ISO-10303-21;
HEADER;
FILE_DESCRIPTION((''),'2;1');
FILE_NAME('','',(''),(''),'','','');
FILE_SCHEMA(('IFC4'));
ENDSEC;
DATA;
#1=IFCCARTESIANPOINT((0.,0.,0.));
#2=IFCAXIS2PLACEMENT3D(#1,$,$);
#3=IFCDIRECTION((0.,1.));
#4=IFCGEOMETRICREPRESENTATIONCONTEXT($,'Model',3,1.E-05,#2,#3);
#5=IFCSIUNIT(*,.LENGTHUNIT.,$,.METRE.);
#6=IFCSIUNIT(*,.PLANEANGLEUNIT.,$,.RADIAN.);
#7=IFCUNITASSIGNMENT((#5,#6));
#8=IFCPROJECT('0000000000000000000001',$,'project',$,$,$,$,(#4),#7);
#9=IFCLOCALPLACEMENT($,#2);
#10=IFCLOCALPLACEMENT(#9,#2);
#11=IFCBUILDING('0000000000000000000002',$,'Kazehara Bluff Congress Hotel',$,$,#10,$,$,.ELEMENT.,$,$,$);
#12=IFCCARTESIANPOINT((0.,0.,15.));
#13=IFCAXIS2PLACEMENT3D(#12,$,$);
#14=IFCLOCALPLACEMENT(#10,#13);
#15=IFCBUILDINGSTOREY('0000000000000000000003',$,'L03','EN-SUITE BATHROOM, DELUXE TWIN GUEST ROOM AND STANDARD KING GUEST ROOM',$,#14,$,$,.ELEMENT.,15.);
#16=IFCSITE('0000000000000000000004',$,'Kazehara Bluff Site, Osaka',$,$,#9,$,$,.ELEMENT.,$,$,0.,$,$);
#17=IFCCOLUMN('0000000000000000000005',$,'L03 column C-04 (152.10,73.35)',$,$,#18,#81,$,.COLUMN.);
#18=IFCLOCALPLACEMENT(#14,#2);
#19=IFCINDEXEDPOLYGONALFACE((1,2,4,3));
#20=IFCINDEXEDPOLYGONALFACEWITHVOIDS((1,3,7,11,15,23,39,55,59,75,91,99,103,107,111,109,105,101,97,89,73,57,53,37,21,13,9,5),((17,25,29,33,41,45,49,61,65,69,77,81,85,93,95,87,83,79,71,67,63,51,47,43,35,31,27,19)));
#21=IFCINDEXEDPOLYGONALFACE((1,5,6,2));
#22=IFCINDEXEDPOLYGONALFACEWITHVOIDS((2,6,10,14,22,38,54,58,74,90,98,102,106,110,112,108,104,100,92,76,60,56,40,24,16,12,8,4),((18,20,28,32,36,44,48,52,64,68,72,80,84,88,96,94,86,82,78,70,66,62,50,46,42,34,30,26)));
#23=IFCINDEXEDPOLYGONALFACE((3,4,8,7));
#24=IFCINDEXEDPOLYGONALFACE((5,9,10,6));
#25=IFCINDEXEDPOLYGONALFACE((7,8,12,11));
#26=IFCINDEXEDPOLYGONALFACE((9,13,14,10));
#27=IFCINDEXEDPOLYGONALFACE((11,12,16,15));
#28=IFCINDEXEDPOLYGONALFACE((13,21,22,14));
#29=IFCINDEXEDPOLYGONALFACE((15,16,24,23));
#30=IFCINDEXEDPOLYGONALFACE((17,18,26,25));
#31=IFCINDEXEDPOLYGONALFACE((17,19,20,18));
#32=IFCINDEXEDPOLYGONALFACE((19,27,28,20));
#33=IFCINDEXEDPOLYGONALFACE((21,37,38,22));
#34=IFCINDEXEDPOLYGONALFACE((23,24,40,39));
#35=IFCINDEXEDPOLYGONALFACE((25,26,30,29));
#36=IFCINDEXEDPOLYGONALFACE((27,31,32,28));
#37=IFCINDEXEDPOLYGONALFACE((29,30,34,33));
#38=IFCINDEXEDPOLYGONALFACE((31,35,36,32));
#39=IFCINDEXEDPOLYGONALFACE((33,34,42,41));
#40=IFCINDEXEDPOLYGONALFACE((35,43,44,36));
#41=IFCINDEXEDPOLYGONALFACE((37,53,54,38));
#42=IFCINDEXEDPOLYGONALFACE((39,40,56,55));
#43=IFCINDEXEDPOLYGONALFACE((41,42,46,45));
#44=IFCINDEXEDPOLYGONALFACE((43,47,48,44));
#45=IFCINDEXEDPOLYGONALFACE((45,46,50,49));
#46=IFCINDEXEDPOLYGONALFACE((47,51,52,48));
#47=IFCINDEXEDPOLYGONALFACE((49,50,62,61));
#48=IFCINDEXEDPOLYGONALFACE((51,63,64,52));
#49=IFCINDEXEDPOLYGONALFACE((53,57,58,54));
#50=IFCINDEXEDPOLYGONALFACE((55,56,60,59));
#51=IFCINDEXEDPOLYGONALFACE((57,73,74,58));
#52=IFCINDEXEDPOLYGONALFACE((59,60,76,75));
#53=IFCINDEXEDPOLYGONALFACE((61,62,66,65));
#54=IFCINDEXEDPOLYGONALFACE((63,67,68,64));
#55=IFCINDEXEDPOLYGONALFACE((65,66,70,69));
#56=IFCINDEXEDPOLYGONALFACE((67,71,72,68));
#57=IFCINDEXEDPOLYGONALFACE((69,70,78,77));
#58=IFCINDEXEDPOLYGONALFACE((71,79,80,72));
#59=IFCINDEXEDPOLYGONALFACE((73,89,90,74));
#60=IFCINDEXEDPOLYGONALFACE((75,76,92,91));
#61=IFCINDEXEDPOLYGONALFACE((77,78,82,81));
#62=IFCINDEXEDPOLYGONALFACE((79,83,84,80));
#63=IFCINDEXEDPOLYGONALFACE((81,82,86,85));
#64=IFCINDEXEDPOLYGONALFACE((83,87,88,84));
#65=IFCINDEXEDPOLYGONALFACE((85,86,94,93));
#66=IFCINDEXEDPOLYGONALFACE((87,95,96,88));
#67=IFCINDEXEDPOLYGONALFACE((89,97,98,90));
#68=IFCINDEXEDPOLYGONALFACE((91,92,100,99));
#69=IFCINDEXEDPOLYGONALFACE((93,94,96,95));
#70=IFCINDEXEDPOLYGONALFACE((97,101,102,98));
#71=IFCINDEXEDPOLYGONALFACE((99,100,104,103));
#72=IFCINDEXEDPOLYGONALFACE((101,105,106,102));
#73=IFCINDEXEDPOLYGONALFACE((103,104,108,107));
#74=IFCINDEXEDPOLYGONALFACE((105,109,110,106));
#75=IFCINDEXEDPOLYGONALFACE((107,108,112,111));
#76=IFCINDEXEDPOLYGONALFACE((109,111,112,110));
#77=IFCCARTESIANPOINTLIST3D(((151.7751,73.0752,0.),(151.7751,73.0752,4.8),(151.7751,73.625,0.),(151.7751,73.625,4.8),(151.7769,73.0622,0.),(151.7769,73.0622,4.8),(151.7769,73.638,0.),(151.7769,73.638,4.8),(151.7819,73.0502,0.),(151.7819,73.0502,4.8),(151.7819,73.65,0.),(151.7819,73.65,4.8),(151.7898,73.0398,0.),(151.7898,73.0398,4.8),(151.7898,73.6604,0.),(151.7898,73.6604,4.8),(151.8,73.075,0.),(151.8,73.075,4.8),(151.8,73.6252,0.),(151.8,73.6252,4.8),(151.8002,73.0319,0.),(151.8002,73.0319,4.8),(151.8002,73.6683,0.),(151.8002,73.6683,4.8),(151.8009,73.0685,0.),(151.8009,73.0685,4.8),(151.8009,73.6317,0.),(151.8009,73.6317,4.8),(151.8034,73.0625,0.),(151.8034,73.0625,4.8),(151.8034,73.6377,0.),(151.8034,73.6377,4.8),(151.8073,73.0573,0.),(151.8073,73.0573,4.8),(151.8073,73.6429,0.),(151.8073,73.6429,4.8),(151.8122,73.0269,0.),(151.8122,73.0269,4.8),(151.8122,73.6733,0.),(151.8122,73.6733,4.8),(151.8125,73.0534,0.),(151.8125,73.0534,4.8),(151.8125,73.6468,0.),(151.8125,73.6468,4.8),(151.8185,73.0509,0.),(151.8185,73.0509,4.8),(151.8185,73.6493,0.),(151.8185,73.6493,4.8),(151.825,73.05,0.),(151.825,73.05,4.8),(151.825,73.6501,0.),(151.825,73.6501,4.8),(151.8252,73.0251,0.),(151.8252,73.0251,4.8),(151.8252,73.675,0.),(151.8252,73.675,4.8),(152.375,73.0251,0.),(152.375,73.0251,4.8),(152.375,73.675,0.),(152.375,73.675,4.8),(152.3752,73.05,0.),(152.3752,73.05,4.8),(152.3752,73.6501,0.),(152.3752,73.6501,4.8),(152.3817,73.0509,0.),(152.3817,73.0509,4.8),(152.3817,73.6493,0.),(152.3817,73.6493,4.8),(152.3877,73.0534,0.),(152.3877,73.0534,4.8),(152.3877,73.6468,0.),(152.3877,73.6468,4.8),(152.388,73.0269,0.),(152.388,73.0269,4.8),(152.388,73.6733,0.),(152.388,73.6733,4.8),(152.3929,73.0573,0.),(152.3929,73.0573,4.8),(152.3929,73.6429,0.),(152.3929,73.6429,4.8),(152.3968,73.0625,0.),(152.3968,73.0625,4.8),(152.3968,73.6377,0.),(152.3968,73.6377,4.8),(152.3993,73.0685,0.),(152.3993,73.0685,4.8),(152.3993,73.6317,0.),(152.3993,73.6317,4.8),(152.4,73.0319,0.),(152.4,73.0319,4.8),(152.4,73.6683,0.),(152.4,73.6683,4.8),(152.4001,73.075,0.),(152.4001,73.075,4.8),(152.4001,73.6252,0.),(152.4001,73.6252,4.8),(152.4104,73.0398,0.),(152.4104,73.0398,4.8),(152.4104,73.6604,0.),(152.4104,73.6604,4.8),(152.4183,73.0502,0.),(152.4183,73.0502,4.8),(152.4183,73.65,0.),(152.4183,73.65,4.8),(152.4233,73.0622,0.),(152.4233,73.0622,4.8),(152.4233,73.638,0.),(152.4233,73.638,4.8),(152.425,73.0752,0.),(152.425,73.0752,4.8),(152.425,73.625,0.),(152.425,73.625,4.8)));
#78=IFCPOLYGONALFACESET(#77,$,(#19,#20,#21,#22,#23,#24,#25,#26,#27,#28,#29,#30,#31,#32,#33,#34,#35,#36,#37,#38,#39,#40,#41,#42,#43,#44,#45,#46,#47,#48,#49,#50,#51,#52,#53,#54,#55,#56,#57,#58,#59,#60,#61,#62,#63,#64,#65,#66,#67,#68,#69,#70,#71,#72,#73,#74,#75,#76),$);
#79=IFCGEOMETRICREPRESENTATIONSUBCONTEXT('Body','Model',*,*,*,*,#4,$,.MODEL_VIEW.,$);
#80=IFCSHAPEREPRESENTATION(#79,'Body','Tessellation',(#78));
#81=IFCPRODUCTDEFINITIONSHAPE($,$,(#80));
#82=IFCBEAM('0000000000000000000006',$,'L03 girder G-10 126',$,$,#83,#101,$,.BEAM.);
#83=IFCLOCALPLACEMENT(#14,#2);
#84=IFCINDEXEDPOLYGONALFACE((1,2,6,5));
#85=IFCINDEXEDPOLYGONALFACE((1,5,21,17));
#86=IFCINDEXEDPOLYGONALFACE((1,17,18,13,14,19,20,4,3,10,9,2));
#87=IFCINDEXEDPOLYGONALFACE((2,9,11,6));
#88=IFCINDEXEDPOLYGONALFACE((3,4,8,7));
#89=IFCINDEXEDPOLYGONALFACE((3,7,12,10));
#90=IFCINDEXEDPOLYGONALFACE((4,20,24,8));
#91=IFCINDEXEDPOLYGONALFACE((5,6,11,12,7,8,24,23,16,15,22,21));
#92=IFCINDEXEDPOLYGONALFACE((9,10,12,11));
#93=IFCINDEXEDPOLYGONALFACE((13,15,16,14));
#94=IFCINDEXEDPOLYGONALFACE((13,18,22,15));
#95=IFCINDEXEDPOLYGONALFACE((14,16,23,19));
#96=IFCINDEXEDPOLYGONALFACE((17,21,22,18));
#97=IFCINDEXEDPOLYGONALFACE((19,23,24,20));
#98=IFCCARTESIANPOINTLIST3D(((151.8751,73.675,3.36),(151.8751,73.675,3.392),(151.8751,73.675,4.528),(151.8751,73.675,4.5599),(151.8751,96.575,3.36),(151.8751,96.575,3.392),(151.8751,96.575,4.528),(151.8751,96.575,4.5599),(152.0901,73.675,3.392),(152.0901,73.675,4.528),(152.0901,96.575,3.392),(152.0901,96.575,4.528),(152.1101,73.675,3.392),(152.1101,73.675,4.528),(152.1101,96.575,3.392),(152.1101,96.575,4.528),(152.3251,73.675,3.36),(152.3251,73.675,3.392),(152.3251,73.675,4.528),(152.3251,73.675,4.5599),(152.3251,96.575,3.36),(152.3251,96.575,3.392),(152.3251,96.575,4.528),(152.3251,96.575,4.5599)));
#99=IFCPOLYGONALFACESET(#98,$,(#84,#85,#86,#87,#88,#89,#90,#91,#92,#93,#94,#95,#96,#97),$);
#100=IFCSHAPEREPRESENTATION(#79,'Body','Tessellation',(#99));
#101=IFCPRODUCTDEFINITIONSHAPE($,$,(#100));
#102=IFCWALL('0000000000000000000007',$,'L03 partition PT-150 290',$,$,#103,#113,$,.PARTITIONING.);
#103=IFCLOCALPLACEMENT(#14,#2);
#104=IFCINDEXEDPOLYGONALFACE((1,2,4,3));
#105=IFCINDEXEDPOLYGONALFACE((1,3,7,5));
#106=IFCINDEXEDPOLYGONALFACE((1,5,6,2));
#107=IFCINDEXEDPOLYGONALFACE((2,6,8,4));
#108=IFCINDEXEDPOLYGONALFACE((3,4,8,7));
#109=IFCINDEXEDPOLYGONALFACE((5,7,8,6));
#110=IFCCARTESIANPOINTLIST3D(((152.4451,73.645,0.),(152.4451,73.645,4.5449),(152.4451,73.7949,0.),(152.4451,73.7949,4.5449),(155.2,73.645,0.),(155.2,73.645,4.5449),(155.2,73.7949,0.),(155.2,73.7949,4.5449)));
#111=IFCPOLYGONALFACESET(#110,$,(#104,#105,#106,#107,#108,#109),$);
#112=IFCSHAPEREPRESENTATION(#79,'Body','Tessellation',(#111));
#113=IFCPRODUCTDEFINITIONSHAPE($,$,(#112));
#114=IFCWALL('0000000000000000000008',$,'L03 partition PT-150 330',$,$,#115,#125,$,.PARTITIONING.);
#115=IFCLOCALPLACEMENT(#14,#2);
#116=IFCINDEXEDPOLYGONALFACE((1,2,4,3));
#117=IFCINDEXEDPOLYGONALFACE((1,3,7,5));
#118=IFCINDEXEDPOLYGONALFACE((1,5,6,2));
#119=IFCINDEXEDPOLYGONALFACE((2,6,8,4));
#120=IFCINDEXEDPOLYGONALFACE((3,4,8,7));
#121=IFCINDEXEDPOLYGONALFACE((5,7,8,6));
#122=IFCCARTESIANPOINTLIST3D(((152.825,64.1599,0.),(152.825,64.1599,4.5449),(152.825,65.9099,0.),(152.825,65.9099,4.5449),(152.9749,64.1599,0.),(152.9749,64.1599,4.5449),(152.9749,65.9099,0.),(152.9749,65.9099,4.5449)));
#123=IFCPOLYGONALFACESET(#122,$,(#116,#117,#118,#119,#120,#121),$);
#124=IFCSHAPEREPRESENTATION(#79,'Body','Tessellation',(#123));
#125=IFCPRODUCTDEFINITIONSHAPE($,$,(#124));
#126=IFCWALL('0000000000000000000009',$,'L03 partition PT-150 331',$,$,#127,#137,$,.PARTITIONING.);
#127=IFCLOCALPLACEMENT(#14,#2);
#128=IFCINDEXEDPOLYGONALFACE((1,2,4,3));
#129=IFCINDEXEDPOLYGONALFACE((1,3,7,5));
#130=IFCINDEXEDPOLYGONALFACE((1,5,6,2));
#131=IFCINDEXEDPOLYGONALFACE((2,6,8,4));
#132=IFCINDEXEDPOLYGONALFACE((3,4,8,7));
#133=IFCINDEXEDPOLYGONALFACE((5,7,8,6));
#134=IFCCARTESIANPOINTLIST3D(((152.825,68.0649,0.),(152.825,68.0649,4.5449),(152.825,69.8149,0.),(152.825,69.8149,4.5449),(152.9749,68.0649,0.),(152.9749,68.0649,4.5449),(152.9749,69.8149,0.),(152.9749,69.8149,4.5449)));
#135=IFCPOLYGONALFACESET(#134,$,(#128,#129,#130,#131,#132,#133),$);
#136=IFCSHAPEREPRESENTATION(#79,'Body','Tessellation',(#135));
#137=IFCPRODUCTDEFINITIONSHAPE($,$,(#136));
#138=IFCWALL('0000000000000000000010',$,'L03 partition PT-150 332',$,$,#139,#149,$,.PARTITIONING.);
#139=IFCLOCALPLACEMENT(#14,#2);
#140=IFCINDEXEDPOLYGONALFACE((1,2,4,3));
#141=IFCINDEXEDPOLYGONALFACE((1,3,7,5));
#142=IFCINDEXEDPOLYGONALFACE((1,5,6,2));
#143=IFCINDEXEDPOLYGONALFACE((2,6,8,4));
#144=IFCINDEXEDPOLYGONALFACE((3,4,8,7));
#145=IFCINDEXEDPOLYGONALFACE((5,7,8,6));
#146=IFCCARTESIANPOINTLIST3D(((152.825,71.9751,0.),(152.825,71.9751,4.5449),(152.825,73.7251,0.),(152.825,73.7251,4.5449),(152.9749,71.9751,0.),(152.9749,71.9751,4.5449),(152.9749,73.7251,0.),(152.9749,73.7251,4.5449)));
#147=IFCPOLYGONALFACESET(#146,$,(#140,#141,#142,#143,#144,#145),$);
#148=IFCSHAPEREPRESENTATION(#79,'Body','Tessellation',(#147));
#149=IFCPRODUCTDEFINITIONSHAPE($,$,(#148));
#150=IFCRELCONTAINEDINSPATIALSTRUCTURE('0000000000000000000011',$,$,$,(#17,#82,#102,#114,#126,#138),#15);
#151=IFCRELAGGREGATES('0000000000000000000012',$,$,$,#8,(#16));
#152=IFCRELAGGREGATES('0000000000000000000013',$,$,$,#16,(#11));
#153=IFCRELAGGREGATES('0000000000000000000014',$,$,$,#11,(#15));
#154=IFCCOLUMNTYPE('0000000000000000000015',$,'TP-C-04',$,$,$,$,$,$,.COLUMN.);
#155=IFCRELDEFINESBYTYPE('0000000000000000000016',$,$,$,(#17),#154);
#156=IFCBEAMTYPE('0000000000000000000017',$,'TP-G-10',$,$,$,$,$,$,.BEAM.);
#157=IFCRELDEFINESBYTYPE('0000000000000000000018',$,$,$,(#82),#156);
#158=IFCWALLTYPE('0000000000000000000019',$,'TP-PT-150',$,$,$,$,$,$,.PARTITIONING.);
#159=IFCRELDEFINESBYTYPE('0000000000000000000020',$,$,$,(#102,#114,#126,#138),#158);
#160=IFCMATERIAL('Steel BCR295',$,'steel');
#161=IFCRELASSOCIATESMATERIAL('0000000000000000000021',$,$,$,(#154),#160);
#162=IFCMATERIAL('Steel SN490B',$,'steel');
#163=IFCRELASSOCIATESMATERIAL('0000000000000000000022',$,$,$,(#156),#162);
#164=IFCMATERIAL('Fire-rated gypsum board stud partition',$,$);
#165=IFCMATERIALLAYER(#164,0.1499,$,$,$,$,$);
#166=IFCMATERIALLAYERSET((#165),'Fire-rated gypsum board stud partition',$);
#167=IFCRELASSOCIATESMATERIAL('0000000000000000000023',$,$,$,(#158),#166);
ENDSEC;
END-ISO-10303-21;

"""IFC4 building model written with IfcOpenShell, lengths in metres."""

from ifc_helpers import new_model, si_unit, direction, frame, frame_2d, origin, origin_2d, place, context, subcontext, project, spatial, rectangle, hollow_rectangle, i_section, extrude, material, layer, layer_set, material_profile, profile_set, type_object, element, save


model = new_model("IFC4")

# Units and contexts
model_context = context("Model", 3, precision=1e-05, world=origin(), true_north=direction((0.0, 1.0)))
body_context = subcontext(model_context, "Body", "Model", "MODEL_VIEW")
ifc_project = project(units=[si_unit("LENGTHUNIT", "METRE"), si_unit("PLANEANGLEUNIT", "RADIAN")], contexts=[model_context])

# Site, building, storey
site_placement = place(None, origin())
site = spatial("IfcSite", under=ifc_project, at=site_placement, Name="Kazehara Bluff Site, Osaka", CompositionType="ELEMENT", RefElevation=0.0)
building_placement = place(site_placement, origin())
building = spatial("IfcBuilding", under=site, at=building_placement, Name="Kazehara Bluff Congress Hotel", CompositionType="ELEMENT")
storey_placement = place(building_placement, frame((0.0, 0.0, 15.0)))
storey = spatial("IfcBuildingStorey", under=building, at=storey_placement, Name="L03", Description="EN-SUITE BATHROOM, DELUXE TWIN GUEST ROOM AND STANDARD KING GUEST ROOM", CompositionType="ELEMENT", Elevation=15.0)

# Column
ifc_material_1 = material(Name="Steel BCR295", Category="steel")
ifc_material_profile_1 = material_profile(ifc_material_1, hollow_rectangle(XDim=0.6499, YDim=0.6499, WallThickness=0.0249, InnerFilletRadius=0.0249, OuterFilletRadius=0.05, at=origin_2d()))
ifc_profile_set_1 = profile_set([ifc_material_profile_1], Name="Steel BCR295")
column_type = type_object("IfcColumnType", Name="TP-C-04", PredefinedType="COLUMN", material=ifc_profile_set_1)
column_placement = place(storey_placement, frame((152.1001, 73.3501, 0.0), z_axis=(0.0, 0.0, 1.0), x_axis=(1.0, 0.0, 0.0)))
element("IfcColumn", 1, at=column_placement, inside=storey, type_object=column_type, Name="L03 column C-04 (152.10,73.35)", PredefinedType="COLUMN", context=body_context, shape_type="SweptSolid", body=[
    extrude(hollow_rectangle(XDim=0.6499, YDim=0.6499, WallThickness=0.0249, InnerFilletRadius=0.0249, OuterFilletRadius=0.05, at=origin_2d()), origin(), (0.0, 0.0, 1.0), 4.8),
])

# Beam
ifc_material_2 = material(Name="Steel SN490B", Category="steel")
ifc_material_profile_2 = material_profile(ifc_material_2, i_section(OverallWidth=0.45, OverallDepth=1.2, WebThickness=0.02, FlangeThickness=0.032, at=origin_2d()))
ifc_profile_set_2 = profile_set([ifc_material_profile_2], Name="Steel SN490B")
beam_type = type_object("IfcBeamType", Name="TP-G-10", PredefinedType="BEAM", material=ifc_profile_set_2)
beam_placement = place(storey_placement, frame((152.1001, 73.675, 3.96), z_axis=(0.0, 1.0, 0.0), x_axis=(-1.0, 0.0, 0.0)))
element("IfcBeam", 2, at=beam_placement, inside=storey, type_object=beam_type, Name="L03 girder G-10 126", PredefinedType="BEAM", context=body_context, shape_type="SweptSolid", body=[
    extrude(i_section(OverallWidth=0.45, OverallDepth=1.2, WebThickness=0.02, FlangeThickness=0.032, at=origin_2d()), origin(), (0.0, 0.0, 1.0), 22.8999),
])

# Shared definitions
ifc_material_3 = material(Name="Fire-rated gypsum board stud partition")
ifc_layer = layer(ifc_material_3, 0.1499)
ifc_layer_set = layer_set([ifc_layer], Name="Fire-rated gypsum board stud partition")
wall_type = type_object("IfcWallType", Name="TP-PT-150", PredefinedType="PARTITIONING", material=ifc_layer_set)

# Walls
wall_1_placement = place(storey_placement, frame((152.4451, 73.72, 0.0), z_axis=(0.0, 0.0, 1.0), x_axis=(1.0, 0.0, 0.0)))
element("IfcWall", 3, at=wall_1_placement, inside=storey, type_object=wall_type, Name="L03 partition PT-150 290", PredefinedType="PARTITIONING", context=body_context, shape_type="SweptSolid", body=[
    extrude(rectangle(XDim=2.7549, YDim=0.1499, at=frame_2d((1.3774, 0.0))), origin(), (0.0, 0.0, 1.0), 4.5449),
])
for number, where, z_axis, x_axis, name in (
    (4, (152.8999, 64.1599, 0.0), (0.0, 0.0, 1.0), (0.0, 1.0, 0.0), "L03 partition PT-150 330"),
    (5, (152.8999, 68.0649, 0.0), (0.0, 0.0, 1.0), (0.0, 1.0, 0.0), "L03 partition PT-150 331"),
    (6, (152.8999, 71.9751, 0.0), (0.0, 0.0, 1.0), (0.0, 1.0, 0.0), "L03 partition PT-150 332"),
):
    element("IfcWall", number, at=place(storey_placement, frame(where, z_axis=z_axis, x_axis=x_axis)), inside=storey, type_object=wall_type, Name=name, PredefinedType="PARTITIONING", context=body_context, shape_type="SweptSolid", body=[
        extrude(rectangle(XDim=1.75, YDim=0.1499, at=frame_2d((0.875, 0.0))), origin(), (0.0, 0.0, 1.0), 4.5449),
    ])

save(model, "model.ifc")
